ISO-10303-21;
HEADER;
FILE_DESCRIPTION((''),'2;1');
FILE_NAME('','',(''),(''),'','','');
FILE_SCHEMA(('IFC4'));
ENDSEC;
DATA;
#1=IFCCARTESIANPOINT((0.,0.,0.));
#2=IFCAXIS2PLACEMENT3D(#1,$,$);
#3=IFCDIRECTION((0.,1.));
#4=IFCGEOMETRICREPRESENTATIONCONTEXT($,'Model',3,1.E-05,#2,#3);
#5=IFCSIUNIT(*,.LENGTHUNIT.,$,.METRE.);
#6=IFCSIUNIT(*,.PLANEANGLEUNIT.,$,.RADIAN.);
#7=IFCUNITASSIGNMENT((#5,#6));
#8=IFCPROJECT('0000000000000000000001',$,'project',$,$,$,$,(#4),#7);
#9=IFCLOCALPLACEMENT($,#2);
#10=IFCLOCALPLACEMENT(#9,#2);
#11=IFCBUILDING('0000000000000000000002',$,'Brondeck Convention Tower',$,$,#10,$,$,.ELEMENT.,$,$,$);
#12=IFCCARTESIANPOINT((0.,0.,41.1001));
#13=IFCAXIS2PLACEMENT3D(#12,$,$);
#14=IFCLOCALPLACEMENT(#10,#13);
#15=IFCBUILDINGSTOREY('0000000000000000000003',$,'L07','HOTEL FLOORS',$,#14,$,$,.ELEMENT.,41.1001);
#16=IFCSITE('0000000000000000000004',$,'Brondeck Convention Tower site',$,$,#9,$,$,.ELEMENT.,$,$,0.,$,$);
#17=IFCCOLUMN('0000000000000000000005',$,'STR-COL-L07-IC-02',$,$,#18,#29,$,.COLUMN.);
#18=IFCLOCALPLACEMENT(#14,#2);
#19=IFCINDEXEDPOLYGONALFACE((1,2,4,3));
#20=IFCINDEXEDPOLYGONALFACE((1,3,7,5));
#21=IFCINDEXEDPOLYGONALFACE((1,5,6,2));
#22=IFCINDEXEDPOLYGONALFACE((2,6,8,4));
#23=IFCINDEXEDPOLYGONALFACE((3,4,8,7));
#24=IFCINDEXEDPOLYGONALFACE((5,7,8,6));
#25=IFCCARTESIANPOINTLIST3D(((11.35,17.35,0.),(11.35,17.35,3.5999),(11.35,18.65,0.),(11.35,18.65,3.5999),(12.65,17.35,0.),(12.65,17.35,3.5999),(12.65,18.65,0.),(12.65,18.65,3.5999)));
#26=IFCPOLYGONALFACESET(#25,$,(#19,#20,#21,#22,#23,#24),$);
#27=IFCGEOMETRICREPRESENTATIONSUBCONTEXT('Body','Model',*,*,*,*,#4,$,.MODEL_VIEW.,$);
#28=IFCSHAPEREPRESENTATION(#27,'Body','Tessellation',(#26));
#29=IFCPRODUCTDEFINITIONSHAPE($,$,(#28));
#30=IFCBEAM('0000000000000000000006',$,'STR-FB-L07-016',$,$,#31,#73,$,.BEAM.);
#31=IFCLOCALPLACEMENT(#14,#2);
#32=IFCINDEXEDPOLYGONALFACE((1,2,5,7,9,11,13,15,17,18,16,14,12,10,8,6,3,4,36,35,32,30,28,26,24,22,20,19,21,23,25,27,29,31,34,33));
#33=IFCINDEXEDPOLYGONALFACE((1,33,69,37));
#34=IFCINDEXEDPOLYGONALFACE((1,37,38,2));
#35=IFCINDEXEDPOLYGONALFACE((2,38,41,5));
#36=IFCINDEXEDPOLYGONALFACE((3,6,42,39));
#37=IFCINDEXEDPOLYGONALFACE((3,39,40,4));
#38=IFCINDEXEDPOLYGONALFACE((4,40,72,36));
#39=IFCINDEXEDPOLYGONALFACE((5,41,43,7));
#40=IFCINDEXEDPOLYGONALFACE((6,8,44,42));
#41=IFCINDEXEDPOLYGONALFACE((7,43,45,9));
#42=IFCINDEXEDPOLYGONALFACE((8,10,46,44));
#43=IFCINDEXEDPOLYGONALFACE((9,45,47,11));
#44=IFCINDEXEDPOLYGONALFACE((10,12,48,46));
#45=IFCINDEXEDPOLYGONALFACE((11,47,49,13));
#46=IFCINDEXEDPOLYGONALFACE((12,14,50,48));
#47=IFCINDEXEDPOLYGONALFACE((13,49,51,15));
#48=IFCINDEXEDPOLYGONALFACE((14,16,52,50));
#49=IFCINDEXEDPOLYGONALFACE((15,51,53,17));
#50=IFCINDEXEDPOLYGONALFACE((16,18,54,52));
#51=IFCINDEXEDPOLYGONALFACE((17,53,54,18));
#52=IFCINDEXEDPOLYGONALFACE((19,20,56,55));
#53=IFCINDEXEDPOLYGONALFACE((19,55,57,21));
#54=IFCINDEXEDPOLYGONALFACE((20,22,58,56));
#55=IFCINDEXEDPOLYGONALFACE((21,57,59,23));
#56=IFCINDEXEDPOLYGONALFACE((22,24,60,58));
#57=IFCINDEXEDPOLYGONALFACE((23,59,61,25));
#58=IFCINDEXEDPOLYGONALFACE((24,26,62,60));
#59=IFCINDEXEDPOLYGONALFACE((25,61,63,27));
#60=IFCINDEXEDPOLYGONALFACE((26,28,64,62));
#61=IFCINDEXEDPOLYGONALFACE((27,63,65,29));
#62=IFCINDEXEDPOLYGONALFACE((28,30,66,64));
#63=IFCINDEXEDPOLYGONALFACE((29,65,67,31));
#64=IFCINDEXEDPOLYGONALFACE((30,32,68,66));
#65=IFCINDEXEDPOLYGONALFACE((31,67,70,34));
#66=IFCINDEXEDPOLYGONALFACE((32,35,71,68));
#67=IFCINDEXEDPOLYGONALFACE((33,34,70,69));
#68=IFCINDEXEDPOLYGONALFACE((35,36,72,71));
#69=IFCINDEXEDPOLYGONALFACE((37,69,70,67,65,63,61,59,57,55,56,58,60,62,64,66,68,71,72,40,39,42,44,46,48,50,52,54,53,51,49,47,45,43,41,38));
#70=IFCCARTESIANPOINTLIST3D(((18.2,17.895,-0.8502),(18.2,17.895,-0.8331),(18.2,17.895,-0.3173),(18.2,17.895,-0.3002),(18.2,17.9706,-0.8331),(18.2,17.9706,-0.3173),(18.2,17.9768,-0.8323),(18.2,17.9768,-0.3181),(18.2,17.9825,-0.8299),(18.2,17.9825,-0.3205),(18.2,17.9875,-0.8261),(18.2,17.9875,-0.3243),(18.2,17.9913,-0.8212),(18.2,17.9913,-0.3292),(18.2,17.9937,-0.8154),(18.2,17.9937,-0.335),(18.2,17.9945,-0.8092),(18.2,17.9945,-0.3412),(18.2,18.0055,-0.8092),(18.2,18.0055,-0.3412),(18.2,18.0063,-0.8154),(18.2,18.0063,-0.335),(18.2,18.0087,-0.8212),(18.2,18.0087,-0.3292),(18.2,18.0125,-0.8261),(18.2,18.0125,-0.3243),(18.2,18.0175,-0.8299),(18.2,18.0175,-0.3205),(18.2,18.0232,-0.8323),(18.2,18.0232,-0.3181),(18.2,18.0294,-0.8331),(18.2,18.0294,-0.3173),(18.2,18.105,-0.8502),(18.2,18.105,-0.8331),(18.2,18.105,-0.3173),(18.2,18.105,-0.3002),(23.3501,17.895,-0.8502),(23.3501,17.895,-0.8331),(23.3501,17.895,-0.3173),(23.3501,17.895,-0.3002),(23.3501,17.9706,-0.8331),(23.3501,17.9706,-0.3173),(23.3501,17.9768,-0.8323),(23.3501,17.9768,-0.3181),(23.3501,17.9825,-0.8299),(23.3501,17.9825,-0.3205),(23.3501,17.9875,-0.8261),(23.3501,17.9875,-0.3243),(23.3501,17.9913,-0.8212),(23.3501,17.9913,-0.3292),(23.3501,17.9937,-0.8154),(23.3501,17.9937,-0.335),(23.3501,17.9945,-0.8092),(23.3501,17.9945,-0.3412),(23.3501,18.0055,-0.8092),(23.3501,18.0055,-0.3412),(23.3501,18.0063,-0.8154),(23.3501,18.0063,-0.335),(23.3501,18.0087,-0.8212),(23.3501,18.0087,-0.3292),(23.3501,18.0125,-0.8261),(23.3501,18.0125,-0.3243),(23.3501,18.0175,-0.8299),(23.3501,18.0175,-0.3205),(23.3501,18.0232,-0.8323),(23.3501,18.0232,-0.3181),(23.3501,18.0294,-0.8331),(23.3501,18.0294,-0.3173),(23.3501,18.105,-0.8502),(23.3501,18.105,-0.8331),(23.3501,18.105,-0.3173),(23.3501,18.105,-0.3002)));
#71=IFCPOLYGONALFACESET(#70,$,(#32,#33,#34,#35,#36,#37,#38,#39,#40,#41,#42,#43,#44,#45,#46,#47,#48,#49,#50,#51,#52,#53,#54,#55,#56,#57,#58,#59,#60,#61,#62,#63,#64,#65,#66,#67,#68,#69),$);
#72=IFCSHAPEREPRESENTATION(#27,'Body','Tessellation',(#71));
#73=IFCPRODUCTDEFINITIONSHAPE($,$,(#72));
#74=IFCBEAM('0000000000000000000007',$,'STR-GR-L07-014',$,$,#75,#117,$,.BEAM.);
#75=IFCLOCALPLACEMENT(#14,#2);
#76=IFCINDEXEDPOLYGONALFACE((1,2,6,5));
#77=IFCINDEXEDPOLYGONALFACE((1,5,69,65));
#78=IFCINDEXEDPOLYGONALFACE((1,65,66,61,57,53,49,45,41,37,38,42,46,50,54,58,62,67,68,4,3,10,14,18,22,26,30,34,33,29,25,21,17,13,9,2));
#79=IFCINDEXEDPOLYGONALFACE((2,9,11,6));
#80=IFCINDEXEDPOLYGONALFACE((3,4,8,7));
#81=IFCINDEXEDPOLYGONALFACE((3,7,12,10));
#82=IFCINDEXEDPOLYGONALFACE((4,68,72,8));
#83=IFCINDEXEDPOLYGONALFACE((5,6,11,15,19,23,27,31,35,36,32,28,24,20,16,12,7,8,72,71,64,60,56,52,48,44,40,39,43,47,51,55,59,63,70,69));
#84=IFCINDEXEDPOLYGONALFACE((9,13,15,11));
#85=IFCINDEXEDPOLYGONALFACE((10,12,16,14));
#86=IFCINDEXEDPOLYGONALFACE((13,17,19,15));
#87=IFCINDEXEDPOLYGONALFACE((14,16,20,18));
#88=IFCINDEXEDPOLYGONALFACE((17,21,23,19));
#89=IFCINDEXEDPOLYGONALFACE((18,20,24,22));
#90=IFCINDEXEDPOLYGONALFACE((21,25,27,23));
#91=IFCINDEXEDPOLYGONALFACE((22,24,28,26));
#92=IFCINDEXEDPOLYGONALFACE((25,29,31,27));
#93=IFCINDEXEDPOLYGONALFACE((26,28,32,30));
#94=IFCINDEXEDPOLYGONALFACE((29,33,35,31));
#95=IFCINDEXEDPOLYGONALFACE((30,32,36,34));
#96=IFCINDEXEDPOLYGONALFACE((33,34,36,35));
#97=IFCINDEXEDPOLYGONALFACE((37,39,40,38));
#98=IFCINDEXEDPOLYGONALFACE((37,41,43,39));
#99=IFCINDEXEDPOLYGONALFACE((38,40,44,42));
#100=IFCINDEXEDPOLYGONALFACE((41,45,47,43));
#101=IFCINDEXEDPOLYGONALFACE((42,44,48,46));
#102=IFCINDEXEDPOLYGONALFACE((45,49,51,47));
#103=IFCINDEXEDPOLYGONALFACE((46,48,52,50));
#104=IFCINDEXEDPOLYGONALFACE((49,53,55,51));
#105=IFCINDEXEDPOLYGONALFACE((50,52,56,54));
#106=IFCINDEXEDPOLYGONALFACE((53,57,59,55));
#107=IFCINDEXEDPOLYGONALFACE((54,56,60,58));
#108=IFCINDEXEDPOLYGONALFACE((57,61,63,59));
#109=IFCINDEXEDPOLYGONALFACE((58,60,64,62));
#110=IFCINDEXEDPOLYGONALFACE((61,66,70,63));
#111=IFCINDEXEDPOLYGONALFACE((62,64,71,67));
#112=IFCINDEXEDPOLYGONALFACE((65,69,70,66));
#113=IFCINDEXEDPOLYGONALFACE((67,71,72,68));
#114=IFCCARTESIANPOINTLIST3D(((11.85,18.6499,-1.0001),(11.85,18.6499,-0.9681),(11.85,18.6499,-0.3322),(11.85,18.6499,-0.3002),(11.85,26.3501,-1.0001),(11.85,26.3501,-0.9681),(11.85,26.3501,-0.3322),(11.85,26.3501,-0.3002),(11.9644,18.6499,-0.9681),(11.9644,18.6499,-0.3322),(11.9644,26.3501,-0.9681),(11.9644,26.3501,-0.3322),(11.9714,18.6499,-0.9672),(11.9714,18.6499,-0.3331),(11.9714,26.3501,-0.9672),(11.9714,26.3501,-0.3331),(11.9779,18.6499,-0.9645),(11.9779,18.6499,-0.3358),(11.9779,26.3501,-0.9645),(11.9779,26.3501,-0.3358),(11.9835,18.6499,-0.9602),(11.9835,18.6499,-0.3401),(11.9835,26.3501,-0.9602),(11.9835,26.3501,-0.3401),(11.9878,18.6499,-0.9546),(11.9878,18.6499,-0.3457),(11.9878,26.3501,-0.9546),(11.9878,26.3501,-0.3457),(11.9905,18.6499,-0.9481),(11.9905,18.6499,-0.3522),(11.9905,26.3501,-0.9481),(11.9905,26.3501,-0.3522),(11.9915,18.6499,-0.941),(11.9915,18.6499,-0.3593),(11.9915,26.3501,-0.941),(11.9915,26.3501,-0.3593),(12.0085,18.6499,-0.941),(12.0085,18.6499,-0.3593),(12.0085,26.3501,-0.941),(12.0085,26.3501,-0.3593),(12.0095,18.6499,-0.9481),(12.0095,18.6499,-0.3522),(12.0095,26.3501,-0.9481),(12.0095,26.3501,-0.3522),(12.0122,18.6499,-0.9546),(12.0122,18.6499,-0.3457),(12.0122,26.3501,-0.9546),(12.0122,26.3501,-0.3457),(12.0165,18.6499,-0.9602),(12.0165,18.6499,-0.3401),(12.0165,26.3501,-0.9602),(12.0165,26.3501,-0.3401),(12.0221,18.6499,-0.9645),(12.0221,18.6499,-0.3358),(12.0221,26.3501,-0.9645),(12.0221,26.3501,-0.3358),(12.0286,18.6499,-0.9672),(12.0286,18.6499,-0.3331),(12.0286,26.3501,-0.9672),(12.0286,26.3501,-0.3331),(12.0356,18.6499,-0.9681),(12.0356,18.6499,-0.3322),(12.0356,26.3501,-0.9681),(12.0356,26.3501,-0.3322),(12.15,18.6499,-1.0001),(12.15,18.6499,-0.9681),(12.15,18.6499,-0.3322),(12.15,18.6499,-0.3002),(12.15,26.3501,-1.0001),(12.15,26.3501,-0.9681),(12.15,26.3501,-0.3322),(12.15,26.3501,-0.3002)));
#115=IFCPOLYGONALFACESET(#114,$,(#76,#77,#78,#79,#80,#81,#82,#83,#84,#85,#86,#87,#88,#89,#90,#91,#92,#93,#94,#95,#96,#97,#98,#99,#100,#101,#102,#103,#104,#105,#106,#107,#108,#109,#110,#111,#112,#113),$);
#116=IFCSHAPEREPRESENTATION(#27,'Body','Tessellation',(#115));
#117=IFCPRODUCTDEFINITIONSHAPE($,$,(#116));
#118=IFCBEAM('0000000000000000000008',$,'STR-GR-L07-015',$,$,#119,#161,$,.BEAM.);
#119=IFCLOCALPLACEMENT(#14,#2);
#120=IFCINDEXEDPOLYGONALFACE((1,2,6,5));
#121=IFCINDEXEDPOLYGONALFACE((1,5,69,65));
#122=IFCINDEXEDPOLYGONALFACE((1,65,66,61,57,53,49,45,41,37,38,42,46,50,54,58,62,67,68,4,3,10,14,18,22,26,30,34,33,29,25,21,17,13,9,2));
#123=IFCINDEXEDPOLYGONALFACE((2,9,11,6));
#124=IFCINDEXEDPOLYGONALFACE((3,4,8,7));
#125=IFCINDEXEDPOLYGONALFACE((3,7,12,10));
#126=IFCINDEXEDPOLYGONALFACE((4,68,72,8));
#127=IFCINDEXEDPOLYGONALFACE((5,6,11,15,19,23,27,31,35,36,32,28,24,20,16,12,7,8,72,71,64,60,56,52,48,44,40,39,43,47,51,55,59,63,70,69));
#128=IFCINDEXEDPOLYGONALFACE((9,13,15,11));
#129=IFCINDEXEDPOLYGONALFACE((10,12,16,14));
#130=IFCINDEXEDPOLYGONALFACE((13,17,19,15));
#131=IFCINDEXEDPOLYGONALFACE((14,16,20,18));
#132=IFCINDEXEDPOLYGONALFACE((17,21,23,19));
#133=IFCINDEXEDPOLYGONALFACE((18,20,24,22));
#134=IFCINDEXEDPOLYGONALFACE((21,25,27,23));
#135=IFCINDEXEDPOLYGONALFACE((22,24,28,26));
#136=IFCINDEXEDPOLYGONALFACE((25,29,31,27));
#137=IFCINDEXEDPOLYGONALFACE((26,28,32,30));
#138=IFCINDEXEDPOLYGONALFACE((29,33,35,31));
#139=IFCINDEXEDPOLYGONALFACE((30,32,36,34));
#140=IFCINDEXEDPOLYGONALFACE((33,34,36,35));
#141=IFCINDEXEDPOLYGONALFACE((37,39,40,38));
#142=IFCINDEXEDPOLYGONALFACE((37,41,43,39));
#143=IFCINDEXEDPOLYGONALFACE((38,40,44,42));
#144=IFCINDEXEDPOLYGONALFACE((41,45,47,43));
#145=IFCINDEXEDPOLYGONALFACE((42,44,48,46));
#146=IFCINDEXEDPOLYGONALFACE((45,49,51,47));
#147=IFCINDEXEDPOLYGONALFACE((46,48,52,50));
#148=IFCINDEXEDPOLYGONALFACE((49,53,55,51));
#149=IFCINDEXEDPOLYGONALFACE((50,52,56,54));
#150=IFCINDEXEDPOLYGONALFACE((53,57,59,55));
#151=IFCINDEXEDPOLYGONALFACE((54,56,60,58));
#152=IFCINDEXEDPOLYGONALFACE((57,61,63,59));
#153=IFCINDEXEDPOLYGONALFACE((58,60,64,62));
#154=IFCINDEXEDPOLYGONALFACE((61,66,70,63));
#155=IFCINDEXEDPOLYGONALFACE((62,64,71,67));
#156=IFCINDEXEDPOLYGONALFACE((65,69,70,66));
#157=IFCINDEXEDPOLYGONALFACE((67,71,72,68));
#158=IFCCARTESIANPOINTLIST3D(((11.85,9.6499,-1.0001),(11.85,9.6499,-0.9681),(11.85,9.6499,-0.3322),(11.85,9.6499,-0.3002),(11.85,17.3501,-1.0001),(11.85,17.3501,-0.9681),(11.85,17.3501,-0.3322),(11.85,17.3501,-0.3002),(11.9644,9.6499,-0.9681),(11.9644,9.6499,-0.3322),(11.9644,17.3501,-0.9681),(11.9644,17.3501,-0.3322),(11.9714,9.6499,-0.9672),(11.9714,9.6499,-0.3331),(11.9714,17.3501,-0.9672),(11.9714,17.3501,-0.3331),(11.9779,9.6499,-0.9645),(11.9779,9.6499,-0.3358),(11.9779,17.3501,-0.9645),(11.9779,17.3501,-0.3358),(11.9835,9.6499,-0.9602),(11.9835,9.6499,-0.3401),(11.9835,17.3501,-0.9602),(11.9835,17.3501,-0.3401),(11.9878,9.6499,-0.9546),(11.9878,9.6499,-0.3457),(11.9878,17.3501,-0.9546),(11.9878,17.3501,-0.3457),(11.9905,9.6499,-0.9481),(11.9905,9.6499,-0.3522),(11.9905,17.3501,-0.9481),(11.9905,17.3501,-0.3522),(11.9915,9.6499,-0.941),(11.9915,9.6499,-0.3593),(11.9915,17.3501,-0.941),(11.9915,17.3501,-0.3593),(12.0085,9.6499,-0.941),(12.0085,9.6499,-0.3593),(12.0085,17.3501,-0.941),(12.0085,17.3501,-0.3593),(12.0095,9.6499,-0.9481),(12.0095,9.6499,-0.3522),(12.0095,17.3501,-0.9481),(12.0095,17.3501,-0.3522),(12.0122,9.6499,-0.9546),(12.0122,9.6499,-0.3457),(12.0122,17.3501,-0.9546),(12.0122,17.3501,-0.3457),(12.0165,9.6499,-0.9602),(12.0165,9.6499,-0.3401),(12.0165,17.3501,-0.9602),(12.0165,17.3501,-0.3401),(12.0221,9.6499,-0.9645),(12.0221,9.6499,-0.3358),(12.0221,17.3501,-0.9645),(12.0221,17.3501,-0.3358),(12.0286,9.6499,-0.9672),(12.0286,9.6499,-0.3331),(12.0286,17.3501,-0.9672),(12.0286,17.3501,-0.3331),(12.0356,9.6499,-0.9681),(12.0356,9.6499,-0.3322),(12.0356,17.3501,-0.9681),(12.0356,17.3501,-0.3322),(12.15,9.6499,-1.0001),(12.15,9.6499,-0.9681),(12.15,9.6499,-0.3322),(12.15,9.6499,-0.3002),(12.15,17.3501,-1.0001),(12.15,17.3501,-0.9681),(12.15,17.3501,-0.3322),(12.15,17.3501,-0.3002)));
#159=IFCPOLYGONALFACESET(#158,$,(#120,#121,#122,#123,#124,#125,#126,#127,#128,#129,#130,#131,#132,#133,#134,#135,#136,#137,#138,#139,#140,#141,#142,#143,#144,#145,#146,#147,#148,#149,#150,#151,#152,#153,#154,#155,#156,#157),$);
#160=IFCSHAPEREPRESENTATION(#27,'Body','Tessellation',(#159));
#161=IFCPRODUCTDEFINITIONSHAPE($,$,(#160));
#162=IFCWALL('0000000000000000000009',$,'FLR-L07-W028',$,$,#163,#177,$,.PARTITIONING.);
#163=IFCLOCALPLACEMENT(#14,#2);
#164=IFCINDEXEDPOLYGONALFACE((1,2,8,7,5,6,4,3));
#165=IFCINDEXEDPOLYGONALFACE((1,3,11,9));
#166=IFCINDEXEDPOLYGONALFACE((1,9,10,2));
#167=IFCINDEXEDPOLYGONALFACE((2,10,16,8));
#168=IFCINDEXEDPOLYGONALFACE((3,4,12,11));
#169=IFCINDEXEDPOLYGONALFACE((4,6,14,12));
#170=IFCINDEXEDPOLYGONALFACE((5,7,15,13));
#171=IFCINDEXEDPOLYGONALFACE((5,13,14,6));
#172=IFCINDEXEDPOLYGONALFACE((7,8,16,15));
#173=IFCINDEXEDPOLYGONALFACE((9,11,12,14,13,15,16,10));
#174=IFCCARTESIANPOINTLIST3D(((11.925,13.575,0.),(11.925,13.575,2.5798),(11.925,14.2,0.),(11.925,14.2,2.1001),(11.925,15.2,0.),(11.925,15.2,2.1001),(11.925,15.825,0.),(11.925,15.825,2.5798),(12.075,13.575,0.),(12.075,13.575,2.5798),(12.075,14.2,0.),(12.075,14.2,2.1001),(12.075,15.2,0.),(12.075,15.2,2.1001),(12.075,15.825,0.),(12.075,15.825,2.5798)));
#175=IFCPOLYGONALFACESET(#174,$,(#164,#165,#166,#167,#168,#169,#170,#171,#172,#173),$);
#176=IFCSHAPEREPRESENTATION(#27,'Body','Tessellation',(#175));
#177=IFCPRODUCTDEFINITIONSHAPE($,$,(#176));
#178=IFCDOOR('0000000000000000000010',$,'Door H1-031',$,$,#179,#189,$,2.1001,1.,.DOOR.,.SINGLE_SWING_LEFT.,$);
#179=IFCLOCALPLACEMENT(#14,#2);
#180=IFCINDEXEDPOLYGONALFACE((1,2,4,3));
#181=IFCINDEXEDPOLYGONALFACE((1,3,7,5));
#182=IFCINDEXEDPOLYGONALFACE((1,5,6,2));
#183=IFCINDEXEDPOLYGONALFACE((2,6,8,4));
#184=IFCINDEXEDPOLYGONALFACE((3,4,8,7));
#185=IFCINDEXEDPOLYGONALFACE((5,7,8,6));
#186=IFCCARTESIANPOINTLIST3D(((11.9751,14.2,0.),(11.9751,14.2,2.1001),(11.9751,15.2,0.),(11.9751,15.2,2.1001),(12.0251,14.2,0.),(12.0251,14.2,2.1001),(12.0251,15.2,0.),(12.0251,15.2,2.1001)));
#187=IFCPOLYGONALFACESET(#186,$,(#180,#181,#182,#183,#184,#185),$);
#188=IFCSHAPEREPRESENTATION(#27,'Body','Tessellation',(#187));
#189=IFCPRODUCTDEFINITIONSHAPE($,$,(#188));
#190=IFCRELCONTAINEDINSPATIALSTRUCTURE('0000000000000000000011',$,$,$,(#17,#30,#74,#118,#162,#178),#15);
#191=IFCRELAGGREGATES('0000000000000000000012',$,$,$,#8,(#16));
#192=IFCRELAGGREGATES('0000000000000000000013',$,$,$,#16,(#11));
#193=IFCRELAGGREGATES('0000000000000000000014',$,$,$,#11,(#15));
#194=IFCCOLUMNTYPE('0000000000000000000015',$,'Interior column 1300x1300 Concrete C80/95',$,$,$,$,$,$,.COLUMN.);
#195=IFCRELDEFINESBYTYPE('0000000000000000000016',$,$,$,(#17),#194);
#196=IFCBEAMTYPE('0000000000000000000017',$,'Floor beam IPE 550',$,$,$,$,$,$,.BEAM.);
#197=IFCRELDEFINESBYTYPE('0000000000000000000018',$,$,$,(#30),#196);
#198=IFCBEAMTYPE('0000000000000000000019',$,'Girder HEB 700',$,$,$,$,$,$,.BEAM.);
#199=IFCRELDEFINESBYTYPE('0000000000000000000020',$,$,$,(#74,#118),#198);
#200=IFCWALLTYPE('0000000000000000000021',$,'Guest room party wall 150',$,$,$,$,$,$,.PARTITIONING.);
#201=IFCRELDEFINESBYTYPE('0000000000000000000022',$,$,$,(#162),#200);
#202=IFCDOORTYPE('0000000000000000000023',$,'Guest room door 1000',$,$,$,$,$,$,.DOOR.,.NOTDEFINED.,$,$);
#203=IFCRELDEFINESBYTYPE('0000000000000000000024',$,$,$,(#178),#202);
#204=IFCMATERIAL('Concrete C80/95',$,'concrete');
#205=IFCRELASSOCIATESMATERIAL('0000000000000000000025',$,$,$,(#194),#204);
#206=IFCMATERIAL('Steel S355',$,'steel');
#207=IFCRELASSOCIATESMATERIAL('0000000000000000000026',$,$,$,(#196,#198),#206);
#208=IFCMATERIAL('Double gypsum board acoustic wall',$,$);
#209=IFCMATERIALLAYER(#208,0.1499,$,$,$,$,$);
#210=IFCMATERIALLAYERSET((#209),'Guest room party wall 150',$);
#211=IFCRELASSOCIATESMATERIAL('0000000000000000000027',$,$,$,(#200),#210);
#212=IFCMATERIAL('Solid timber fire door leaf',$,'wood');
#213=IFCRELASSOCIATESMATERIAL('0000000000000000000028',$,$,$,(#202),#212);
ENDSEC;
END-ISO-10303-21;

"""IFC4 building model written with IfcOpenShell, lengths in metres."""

from ifc_helpers import new_model, si_unit, direction, frame, frame_2d, origin, origin_2d, place, context, subcontext, project, spatial, rectangle, i_section, extrude, material, layer, layer_set, material_profile, profile_set, type_object, element, fill, save


model = new_model("IFC4")

# Units and contexts
model_context = context("Model", 3, precision=1e-05, world=origin(), true_north=direction((0.0, 1.0)))
body_context = subcontext(model_context, "Body", "Model", "MODEL_VIEW")
ifc_project = project(units=[si_unit("LENGTHUNIT", "METRE"), si_unit("PLANEANGLEUNIT", "RADIAN")], contexts=[model_context])

# Site, building, storey
site_placement = place(None, origin())
site = spatial("IfcSite", under=ifc_project, at=site_placement, Name="Brondeck Convention Tower site", CompositionType="ELEMENT", RefElevation=0.0)
building_placement = place(site_placement, origin())
building = spatial("IfcBuilding", under=site, at=building_placement, Name="Brondeck Convention Tower", CompositionType="ELEMENT")
storey_placement = place(building_placement, frame((0.0, 0.0, 41.1001)))
storey = spatial("IfcBuildingStorey", under=building, at=storey_placement, Name="L07", Description="HOTEL FLOORS", CompositionType="ELEMENT", Elevation=41.1001)

# Column
ifc_material_1 = material(Name="Concrete C80/95", Category="concrete")
ifc_material_profile_1 = material_profile(ifc_material_1, rectangle(XDim=1.3, YDim=1.3, at=origin_2d()), Name="Interior column 1300x1300 Concrete C80/95")
ifc_profile_set_1 = profile_set([ifc_material_profile_1], Name="Concrete C80/95")
column_type = type_object("IfcColumnType", Name="Interior column 1300x1300 Concrete C80/95", PredefinedType="COLUMN", material=ifc_profile_set_1)
column_placement = place(storey_placement, frame((12.0, 18.0, 0.0), z_axis=(0.0, 0.0, 1.0), x_axis=(1.0, 0.0, 0.0)))
element("IfcColumn", 1, at=column_placement, inside=storey, type_object=column_type, Name="STR-COL-L07-IC-02", PredefinedType="COLUMN", context=body_context, shape_type="SweptSolid", body=[
    extrude(rectangle(XDim=1.3, YDim=1.3, at=origin_2d()), origin(), (0.0, 0.0, 1.0), 3.5999),
])

# Beams
ifc_material_2 = material(Name="Steel S355", Category="steel")
ifc_material_profile_2 = material_profile(ifc_material_2, i_section(OverallWidth=0.21, OverallDepth=0.55, WebThickness=0.011, FlangeThickness=0.0171, FilletRadius=0.0239, at=origin_2d()), Name="IPE 550")
ifc_profile_set_2 = profile_set([ifc_material_profile_2], Name="Steel S355")
beam_type_1 = type_object("IfcBeamType", Name="Floor beam IPE 550", PredefinedType="BEAM", material=ifc_profile_set_2)
beam_placement = place(storey_placement, frame((18.2, 18.0, -0.5752), z_axis=(1.0, 0.0, 0.0), x_axis=(0.0, 1.0, 0.0)))
element("IfcBeam", 2, at=beam_placement, inside=storey, type_object=beam_type_1, Name="STR-FB-L07-016", PredefinedType="BEAM", context=body_context, shape_type="SweptSolid", body=[
    extrude(i_section(OverallWidth=0.21, OverallDepth=0.55, WebThickness=0.011, FlangeThickness=0.0171, FilletRadius=0.0239, at=origin_2d()), origin(), (0.0, 0.0, 1.0), 5.1501),
])
ifc_material_profile_3 = material_profile(ifc_material_2, i_section(OverallWidth=0.3, OverallDepth=0.7, WebThickness=0.0171, FlangeThickness=0.032, FilletRadius=0.0271, at=origin_2d()), Name="HEB 700")
ifc_profile_set_3 = profile_set([ifc_material_profile_3], Name="Steel S355")
beam_type_2 = type_object("IfcBeamType", Name="Girder HEB 700", PredefinedType="BEAM", material=ifc_profile_set_3)
for number, where, z_axis, x_axis, name in (
    (3, (12.0, 26.3501, -0.6501), (0.0, -1.0, 0.0), (1.0, 0.0, 0.0), "STR-GR-L07-014"),
    (4, (12.0, 17.3501, -0.6501), (0.0, -1.0, 0.0), (1.0, 0.0, 0.0), "STR-GR-L07-015"),
):
    element("IfcBeam", number, at=place(storey_placement, frame(where, z_axis=z_axis, x_axis=x_axis)), inside=storey, type_object=beam_type_2, Name=name, PredefinedType="BEAM", context=body_context, shape_type="SweptSolid", body=[
        extrude(i_section(OverallWidth=0.3, OverallDepth=0.7, WebThickness=0.0171, FlangeThickness=0.032, FilletRadius=0.0271, at=origin_2d()), origin(), (0.0, 0.0, 1.0), 7.7002),
    ])

# Wall, opening, door
ifc_material_3 = material(Name="Double gypsum board acoustic wall")
ifc_layer_1 = layer(ifc_material_3, 0.1499)
ifc_layer_set_1 = layer_set([ifc_layer_1], Name="Guest room party wall 150")
wall_type_1 = type_object("IfcWallType", Name="Guest room party wall 150", PredefinedType="PARTITIONING", material=ifc_layer_set_1)
wall_1_placement = place(storey_placement, frame((12.0, 13.575, 0.0), z_axis=(0.0, 0.0, 1.0), x_axis=(0.0, 1.0, 0.0)))
wall_1 = element("IfcWall", 5, at=wall_1_placement, inside=storey, type_object=wall_type_1, Name="FLR-L07-W028", PredefinedType="PARTITIONING", context=body_context, shape_type="SweptSolid", body=[
    extrude(rectangle(XDim=2.25, YDim=0.1499, at=frame_2d((1.125, 0.0))), origin(), (0.0, 0.0, 1.0), 2.5798),
])
opening_1_placement = place(wall_1_placement, frame((0.625, 0.0, 0.0)))
opening_1 = element("IfcOpeningElement", 6, at=opening_1_placement, cuts=wall_1, PredefinedType="OPENING", context=body_context, shape_type="SweptSolid", body=[
    extrude(rectangle(XDim=1.0, YDim=2.1001, at=frame_2d((0.5, 1.05))), frame((0.0, 0.085, 0.0), z_axis=(0.0, -1.0, 0.0), x_axis=(1.0, 0.0, 0.0)), (0.0, 0.0, 1.0), 0.1699),
])
ifc_material_4 = material(Name="Solid timber fire door leaf", Category="wood")
door_type_1 = type_object("IfcDoorType", Name="Guest room door 1000", OperationType="NOTDEFINED", PredefinedType="DOOR", material=ifc_material_4)
door_1_placement = place(opening_1_placement, origin())
door_1 = element("IfcDoor", 7, at=door_1_placement, inside=storey, type_object=door_type_1, Name="Door H1-031", OperationType="SINGLE_SWING_LEFT", OverallHeight=2.1001, OverallWidth=1.0, PredefinedType="DOOR", context=body_context, shape_type="SweptSolid", body=[
    extrude(rectangle(XDim=1.0, YDim=2.1001, at=frame_2d((0.5, 1.05))), frame((0.0, 0.0249, 0.0), z_axis=(0.0, -1.0, 0.0), x_axis=(1.0, 0.0, 0.0)), (0.0, 0.0, 1.0), 0.05),
])
fill(opening_1, door_1)

save(model, "model.ifc")
